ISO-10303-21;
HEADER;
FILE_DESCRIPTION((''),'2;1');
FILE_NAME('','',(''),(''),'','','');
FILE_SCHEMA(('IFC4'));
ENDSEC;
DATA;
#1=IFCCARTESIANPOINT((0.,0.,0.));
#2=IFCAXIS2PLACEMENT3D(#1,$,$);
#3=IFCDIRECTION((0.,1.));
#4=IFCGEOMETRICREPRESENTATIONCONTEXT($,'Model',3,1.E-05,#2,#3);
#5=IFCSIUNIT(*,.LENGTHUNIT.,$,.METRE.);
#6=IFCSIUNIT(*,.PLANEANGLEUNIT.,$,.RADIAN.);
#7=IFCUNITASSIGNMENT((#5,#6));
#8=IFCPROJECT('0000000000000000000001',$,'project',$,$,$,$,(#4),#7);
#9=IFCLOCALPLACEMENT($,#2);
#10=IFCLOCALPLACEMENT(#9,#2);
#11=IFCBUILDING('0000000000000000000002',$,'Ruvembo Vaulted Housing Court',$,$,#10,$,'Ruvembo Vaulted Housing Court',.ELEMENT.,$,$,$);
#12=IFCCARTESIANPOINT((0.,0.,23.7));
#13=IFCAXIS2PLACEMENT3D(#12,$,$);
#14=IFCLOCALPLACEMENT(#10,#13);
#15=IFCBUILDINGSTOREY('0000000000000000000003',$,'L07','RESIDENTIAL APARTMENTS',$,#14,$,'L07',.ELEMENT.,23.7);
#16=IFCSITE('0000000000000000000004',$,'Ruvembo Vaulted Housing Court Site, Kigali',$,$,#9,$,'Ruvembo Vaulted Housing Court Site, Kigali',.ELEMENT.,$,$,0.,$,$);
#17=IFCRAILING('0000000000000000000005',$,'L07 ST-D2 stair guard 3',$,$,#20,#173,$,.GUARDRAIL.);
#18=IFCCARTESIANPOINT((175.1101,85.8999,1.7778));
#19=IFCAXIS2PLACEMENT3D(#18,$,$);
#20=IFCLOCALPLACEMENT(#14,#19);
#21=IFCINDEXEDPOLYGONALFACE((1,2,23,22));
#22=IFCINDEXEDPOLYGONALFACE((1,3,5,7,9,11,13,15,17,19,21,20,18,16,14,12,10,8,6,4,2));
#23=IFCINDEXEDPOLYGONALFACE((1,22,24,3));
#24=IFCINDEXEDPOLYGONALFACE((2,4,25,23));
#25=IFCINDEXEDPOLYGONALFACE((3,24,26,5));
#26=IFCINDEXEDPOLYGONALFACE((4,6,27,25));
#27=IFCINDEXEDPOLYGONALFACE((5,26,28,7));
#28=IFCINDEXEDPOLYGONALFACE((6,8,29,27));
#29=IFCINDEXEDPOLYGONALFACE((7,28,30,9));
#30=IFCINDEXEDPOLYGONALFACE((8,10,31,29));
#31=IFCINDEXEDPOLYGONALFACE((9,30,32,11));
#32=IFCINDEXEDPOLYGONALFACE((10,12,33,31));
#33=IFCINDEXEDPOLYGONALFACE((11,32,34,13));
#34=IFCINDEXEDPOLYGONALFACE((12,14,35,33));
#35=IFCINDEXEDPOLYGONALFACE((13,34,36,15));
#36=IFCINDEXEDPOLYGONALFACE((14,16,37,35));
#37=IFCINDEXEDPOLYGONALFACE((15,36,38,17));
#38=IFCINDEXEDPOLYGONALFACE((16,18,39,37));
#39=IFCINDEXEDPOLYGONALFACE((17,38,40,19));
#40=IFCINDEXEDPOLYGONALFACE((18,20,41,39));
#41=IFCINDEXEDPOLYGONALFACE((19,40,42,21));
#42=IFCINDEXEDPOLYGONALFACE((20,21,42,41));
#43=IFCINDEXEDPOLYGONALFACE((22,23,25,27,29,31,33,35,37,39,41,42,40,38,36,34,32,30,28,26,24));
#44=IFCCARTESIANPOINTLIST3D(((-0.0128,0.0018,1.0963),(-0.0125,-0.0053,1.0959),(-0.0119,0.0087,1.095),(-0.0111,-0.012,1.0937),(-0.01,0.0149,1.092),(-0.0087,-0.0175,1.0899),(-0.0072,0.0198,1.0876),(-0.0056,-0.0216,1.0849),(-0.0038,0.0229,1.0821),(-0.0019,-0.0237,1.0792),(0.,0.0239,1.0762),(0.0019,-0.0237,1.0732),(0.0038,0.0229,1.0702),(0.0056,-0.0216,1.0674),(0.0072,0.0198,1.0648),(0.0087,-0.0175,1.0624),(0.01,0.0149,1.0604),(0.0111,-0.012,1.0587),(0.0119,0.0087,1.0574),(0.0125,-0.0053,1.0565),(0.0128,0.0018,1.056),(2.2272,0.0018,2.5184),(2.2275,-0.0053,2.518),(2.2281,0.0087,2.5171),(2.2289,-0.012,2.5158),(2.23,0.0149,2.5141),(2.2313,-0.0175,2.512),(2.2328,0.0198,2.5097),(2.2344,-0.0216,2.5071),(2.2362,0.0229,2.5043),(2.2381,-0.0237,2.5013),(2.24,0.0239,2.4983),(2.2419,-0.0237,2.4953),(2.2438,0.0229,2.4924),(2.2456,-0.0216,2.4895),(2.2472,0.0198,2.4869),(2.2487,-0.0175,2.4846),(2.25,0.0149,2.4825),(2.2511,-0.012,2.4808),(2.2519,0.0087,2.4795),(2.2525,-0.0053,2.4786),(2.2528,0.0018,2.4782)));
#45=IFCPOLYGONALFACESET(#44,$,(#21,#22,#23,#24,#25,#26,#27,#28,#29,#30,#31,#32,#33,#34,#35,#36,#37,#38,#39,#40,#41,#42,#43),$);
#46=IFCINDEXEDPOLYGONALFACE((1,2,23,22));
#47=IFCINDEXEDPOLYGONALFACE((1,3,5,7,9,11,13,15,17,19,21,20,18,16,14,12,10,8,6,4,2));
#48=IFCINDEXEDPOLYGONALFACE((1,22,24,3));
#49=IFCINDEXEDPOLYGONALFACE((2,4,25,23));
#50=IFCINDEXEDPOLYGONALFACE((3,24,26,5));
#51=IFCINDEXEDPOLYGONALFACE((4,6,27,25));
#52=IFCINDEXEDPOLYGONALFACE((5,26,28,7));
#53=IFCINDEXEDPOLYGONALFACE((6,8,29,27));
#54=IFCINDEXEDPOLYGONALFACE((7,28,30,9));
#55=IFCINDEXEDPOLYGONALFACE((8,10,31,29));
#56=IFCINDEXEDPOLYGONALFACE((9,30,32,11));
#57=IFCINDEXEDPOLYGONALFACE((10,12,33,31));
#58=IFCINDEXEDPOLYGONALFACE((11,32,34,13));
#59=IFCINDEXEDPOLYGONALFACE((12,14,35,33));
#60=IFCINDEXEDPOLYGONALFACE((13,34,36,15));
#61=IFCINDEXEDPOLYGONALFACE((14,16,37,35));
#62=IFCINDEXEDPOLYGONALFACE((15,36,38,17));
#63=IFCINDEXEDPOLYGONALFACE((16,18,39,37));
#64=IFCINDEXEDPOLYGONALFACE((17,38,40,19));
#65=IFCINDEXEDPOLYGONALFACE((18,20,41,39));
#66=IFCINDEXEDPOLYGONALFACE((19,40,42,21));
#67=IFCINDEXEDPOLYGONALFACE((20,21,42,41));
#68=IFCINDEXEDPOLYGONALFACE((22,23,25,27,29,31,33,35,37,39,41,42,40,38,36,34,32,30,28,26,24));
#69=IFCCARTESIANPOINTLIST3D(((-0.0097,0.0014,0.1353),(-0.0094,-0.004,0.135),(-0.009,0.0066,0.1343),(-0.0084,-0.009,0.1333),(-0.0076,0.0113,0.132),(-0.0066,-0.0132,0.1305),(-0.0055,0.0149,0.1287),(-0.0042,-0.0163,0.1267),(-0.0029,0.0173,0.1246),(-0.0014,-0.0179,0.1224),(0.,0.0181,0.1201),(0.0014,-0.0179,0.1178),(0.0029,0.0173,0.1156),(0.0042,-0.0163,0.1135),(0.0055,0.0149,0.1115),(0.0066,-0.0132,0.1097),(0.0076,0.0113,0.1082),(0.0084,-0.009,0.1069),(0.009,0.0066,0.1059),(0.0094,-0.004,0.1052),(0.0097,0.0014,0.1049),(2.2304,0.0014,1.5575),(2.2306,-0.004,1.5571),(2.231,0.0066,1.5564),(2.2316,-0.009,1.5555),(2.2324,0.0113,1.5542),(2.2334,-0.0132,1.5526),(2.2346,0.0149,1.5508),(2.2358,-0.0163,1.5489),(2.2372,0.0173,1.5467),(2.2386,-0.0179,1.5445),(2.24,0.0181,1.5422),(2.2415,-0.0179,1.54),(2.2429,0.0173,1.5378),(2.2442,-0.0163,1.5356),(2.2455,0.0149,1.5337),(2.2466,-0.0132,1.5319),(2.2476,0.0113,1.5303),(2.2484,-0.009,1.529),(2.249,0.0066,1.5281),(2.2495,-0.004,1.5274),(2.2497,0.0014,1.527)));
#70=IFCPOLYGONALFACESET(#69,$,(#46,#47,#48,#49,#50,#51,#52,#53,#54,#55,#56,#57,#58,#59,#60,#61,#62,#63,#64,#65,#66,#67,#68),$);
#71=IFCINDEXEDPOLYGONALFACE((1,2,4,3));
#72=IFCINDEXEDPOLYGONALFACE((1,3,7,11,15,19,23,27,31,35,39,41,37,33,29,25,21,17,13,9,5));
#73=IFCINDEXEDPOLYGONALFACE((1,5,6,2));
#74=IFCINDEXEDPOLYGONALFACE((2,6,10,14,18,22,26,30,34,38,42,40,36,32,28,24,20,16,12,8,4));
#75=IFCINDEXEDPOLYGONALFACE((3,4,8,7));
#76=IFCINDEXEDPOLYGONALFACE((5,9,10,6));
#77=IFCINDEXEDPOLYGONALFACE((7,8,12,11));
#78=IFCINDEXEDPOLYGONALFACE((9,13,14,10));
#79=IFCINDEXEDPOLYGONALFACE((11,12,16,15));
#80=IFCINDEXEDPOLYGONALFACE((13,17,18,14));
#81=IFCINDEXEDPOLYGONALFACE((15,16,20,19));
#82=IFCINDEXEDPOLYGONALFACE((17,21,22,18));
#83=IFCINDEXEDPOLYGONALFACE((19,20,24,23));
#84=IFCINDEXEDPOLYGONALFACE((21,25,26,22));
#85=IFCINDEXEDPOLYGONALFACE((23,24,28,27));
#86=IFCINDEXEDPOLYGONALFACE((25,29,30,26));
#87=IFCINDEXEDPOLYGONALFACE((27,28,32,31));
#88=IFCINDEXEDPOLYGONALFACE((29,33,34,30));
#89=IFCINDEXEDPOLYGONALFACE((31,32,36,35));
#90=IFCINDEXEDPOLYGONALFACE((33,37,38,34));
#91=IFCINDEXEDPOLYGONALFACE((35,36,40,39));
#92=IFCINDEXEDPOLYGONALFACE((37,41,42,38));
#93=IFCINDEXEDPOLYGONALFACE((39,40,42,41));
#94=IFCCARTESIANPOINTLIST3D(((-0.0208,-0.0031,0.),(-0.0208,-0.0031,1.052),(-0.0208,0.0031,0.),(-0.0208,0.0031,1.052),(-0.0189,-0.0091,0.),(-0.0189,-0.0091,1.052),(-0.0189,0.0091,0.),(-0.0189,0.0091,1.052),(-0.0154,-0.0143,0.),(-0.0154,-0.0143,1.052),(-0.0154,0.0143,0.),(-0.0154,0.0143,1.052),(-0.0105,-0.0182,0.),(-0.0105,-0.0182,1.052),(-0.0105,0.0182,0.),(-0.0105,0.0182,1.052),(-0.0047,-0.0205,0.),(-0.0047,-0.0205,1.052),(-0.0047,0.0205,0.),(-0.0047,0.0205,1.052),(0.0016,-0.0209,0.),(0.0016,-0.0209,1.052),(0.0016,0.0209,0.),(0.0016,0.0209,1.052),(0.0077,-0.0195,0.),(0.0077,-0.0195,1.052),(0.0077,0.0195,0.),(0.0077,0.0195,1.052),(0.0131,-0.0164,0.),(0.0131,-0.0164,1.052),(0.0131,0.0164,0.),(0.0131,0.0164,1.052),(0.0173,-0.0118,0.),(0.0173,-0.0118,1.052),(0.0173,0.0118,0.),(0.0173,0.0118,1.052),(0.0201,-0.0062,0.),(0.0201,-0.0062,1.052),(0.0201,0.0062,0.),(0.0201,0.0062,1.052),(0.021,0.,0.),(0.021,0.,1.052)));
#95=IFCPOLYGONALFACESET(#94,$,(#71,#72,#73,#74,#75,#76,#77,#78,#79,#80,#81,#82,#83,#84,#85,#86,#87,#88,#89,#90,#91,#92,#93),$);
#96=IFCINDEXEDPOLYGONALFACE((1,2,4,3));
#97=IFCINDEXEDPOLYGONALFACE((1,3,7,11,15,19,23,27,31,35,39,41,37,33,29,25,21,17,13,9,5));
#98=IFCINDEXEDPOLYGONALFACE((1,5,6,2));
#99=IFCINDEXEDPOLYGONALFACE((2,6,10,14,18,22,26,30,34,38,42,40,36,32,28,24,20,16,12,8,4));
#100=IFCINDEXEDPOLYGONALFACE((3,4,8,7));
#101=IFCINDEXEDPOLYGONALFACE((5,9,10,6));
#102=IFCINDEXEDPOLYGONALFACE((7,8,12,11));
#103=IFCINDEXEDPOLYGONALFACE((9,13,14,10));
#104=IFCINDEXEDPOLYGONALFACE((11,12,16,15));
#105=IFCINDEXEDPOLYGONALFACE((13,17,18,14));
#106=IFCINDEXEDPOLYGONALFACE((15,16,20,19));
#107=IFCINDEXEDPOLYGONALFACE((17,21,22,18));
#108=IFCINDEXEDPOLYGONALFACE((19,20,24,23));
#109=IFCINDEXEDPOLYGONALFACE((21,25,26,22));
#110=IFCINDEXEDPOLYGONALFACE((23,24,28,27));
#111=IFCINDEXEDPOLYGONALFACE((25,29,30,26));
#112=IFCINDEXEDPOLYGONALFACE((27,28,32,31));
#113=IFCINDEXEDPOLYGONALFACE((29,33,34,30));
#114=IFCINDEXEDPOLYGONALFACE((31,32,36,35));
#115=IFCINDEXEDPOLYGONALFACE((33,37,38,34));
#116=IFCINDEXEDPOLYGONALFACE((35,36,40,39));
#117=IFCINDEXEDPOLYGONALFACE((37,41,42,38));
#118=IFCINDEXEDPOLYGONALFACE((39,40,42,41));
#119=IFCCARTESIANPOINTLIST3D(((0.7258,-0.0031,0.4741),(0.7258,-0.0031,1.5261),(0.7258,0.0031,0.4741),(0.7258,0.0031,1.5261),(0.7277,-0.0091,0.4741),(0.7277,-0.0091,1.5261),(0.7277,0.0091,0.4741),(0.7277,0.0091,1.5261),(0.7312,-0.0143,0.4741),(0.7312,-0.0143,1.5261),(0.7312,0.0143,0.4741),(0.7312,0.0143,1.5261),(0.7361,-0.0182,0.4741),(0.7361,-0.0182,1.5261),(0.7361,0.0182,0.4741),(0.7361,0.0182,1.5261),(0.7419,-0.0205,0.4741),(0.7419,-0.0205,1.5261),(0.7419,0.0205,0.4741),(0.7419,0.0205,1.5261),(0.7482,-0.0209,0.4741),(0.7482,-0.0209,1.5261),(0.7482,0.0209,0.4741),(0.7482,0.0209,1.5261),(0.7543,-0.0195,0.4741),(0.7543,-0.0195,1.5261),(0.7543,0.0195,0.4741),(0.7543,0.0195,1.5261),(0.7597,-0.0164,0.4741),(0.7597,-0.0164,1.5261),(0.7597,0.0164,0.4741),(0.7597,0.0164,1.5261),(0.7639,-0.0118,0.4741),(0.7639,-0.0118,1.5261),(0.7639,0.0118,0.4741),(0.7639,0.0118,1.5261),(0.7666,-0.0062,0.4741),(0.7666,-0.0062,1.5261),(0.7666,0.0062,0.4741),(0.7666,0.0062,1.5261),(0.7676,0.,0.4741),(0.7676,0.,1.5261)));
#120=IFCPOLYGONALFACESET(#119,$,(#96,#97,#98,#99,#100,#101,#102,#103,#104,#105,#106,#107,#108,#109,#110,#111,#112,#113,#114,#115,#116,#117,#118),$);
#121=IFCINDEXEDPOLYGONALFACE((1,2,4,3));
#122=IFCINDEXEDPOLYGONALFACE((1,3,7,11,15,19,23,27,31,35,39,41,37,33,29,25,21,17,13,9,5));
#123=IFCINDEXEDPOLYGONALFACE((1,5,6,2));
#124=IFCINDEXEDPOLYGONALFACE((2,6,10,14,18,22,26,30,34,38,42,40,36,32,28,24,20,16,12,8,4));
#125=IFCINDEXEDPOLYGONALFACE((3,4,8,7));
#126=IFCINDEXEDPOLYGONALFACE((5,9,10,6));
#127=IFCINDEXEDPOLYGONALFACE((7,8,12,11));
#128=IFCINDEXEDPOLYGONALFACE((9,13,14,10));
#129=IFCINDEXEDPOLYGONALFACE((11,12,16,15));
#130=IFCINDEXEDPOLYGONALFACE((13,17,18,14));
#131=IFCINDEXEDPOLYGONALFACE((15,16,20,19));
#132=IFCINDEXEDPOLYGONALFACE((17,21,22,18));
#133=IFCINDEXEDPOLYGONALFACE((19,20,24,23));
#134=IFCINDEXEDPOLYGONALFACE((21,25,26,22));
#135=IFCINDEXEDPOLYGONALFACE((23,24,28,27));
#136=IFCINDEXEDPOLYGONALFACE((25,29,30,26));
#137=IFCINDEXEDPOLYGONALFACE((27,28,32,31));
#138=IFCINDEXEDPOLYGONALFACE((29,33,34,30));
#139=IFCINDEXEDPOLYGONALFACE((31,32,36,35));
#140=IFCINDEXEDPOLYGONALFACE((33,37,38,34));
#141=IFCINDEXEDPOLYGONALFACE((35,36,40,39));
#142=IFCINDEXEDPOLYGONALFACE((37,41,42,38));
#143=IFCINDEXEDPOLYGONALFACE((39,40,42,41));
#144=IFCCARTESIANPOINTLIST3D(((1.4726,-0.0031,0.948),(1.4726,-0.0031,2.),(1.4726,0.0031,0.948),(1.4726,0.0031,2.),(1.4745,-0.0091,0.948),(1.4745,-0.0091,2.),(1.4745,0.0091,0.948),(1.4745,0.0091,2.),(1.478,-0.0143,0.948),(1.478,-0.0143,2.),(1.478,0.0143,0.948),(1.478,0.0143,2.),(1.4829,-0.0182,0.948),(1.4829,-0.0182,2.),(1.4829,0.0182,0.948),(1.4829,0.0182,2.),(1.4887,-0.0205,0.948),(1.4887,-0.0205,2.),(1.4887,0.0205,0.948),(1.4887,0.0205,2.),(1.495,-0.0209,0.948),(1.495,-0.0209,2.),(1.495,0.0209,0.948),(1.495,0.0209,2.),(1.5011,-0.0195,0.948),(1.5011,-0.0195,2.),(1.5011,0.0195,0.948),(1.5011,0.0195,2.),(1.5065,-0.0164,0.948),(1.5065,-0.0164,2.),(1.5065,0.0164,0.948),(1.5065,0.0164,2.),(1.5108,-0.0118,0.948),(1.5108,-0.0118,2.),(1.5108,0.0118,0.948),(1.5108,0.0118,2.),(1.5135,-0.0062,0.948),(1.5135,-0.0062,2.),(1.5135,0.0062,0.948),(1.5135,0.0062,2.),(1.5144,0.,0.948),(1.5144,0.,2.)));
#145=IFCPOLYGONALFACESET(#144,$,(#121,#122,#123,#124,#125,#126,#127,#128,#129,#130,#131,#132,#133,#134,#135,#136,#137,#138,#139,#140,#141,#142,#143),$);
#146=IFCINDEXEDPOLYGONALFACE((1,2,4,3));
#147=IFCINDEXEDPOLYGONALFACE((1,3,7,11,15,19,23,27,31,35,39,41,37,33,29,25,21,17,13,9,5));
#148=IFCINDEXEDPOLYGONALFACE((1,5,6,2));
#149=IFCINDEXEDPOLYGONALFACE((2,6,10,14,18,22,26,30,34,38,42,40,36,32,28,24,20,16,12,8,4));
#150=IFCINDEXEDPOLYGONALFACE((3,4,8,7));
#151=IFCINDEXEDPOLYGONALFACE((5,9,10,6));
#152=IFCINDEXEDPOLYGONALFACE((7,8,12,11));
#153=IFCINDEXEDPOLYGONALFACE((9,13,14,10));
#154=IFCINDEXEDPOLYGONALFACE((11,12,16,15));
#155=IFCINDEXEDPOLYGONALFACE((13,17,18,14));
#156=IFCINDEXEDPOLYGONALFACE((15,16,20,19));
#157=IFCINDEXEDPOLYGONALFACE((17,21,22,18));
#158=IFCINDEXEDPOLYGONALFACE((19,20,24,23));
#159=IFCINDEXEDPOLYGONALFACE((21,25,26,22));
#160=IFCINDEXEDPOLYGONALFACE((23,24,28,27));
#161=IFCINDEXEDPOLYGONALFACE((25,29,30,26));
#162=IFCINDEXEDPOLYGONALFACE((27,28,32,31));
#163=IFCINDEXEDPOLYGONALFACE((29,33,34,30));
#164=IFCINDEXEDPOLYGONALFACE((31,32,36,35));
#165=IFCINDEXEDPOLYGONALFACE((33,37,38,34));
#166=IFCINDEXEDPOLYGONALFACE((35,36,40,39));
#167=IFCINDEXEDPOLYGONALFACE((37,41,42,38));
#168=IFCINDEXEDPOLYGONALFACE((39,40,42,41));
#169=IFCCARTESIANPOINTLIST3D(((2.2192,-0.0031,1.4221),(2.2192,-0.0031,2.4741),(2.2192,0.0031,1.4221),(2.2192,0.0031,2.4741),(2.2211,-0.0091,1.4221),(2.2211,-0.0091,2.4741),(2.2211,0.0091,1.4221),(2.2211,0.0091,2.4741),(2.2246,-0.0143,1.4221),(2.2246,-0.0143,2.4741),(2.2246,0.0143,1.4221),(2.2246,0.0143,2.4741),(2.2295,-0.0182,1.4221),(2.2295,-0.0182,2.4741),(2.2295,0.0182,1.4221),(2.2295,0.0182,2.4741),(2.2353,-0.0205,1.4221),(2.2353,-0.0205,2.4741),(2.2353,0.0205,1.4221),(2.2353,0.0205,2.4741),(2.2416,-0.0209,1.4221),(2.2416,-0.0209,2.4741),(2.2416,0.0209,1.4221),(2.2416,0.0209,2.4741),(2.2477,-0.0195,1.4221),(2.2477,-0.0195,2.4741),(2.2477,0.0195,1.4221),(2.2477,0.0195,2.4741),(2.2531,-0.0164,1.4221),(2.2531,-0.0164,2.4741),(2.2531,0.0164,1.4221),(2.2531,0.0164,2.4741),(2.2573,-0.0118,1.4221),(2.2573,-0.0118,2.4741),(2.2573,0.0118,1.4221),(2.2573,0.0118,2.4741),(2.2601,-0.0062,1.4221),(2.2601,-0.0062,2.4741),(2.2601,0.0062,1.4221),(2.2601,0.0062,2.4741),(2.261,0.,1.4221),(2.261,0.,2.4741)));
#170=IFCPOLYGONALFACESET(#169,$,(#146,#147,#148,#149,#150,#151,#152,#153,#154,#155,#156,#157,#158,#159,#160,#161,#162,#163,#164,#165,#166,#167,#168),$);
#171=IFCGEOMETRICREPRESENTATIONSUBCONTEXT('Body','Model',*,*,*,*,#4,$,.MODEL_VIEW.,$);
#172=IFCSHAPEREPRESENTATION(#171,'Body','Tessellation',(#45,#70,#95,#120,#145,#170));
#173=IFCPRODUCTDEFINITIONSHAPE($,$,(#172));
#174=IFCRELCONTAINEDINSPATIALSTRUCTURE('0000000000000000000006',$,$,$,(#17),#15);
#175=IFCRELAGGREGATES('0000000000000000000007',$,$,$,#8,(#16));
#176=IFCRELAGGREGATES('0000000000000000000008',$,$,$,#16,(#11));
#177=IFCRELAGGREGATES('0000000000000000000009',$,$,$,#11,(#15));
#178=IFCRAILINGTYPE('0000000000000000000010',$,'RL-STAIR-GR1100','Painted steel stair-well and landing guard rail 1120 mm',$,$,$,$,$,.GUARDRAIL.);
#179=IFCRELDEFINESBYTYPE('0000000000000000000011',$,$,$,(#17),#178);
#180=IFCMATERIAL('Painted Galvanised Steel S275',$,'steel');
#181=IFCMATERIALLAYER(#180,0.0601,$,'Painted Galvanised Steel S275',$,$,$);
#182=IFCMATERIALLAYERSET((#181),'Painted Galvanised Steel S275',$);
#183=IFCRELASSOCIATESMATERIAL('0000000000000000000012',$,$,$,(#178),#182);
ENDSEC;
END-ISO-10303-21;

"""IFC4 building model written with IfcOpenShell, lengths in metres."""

from ifc_helpers import new_model, si_unit, direction, frame, origin, origin_2d, place, context, subcontext, project, spatial, circle, extrude, material, layer, layer_set, type_object, element, save


model = new_model("IFC4")

# Units and contexts
model_context = context("Model", 3, precision=1e-05, world=origin(), true_north=direction((0.0, 1.0)))
body_context = subcontext(model_context, "Body", "Model", "MODEL_VIEW")
ifc_project = project(units=[si_unit("LENGTHUNIT", "METRE"), si_unit("PLANEANGLEUNIT", "RADIAN")], contexts=[model_context])

# Site, building, storey
site_placement = place(None, origin())
site = spatial("IfcSite", under=ifc_project, at=site_placement, Name="Ruvembo Vaulted Housing Court Site, Kigali", LongName="Ruvembo Vaulted Housing Court Site, Kigali", CompositionType="ELEMENT", RefElevation=0.0)
building_placement = place(site_placement, origin())
building = spatial("IfcBuilding", under=site, at=building_placement, Name="Ruvembo Vaulted Housing Court", LongName="Ruvembo Vaulted Housing Court", CompositionType="ELEMENT")
storey_placement = place(building_placement, frame((0.0, 0.0, 23.7)))
storey = spatial("IfcBuildingStorey", under=building, at=storey_placement, Name="L07", Description="RESIDENTIAL APARTMENTS", LongName="L07", CompositionType="ELEMENT", Elevation=23.7)

# Railing
ifc_material_1 = material(Name="Painted Galvanised Steel S275", Category="steel")
ifc_layer_1 = layer(ifc_material_1, 0.0601, Name="Painted Galvanised Steel S275")
ifc_layer_set_1 = layer_set([ifc_layer_1], Name="Painted Galvanised Steel S275")
railing_type = type_object("IfcRailingType", Name="RL-STAIR-GR1100", Description="Painted steel stair-well and landing guard rail 1120 mm", PredefinedType="GUARDRAIL", material=ifc_layer_set_1)
railing_1_placement = place(storey_placement, frame((175.1101, 85.8999, 1.7778)))
element("IfcRailing", 1, at=railing_1_placement, inside=storey, type_object=railing_type, Name="L07 ST-D2 stair guard 3", PredefinedType="GUARDRAIL", context=body_context, shape_type="SweptSolid", body=[
    extrude(circle(Radius=0.0239, at=origin_2d()), frame((0.0, 0.0, 1.0762), z_axis=(0.844229, 0.0, 0.535982), x_axis=(0.0, 1.0, 0.0)), (0.0, 0.0, 1.0), 2.6533),
    extrude(circle(Radius=0.0181, at=origin_2d()), frame((0.0, 0.0, 0.1201), z_axis=(0.844229, 0.0, 0.535982), x_axis=(0.0, 1.0, 0.0)), (0.0, 0.0, 1.0), 2.6533),
    extrude(circle(Radius=0.021, at=origin_2d()), origin(), (0.0, 0.0, 1.0), 1.052),
    extrude(circle(Radius=0.021, at=origin_2d()), frame((0.7466, 0.0, 0.4741)), (0.0, 0.0, 1.0), 1.052),
    extrude(circle(Radius=0.021, at=origin_2d()), frame((1.4934, 0.0, 0.948)), (0.0, 0.0, 1.0), 1.052),
    extrude(circle(Radius=0.021, at=origin_2d()), frame((2.24, 0.0, 1.4221)), (0.0, 0.0, 1.0), 1.052),
])

save(model, "model.ifc")
